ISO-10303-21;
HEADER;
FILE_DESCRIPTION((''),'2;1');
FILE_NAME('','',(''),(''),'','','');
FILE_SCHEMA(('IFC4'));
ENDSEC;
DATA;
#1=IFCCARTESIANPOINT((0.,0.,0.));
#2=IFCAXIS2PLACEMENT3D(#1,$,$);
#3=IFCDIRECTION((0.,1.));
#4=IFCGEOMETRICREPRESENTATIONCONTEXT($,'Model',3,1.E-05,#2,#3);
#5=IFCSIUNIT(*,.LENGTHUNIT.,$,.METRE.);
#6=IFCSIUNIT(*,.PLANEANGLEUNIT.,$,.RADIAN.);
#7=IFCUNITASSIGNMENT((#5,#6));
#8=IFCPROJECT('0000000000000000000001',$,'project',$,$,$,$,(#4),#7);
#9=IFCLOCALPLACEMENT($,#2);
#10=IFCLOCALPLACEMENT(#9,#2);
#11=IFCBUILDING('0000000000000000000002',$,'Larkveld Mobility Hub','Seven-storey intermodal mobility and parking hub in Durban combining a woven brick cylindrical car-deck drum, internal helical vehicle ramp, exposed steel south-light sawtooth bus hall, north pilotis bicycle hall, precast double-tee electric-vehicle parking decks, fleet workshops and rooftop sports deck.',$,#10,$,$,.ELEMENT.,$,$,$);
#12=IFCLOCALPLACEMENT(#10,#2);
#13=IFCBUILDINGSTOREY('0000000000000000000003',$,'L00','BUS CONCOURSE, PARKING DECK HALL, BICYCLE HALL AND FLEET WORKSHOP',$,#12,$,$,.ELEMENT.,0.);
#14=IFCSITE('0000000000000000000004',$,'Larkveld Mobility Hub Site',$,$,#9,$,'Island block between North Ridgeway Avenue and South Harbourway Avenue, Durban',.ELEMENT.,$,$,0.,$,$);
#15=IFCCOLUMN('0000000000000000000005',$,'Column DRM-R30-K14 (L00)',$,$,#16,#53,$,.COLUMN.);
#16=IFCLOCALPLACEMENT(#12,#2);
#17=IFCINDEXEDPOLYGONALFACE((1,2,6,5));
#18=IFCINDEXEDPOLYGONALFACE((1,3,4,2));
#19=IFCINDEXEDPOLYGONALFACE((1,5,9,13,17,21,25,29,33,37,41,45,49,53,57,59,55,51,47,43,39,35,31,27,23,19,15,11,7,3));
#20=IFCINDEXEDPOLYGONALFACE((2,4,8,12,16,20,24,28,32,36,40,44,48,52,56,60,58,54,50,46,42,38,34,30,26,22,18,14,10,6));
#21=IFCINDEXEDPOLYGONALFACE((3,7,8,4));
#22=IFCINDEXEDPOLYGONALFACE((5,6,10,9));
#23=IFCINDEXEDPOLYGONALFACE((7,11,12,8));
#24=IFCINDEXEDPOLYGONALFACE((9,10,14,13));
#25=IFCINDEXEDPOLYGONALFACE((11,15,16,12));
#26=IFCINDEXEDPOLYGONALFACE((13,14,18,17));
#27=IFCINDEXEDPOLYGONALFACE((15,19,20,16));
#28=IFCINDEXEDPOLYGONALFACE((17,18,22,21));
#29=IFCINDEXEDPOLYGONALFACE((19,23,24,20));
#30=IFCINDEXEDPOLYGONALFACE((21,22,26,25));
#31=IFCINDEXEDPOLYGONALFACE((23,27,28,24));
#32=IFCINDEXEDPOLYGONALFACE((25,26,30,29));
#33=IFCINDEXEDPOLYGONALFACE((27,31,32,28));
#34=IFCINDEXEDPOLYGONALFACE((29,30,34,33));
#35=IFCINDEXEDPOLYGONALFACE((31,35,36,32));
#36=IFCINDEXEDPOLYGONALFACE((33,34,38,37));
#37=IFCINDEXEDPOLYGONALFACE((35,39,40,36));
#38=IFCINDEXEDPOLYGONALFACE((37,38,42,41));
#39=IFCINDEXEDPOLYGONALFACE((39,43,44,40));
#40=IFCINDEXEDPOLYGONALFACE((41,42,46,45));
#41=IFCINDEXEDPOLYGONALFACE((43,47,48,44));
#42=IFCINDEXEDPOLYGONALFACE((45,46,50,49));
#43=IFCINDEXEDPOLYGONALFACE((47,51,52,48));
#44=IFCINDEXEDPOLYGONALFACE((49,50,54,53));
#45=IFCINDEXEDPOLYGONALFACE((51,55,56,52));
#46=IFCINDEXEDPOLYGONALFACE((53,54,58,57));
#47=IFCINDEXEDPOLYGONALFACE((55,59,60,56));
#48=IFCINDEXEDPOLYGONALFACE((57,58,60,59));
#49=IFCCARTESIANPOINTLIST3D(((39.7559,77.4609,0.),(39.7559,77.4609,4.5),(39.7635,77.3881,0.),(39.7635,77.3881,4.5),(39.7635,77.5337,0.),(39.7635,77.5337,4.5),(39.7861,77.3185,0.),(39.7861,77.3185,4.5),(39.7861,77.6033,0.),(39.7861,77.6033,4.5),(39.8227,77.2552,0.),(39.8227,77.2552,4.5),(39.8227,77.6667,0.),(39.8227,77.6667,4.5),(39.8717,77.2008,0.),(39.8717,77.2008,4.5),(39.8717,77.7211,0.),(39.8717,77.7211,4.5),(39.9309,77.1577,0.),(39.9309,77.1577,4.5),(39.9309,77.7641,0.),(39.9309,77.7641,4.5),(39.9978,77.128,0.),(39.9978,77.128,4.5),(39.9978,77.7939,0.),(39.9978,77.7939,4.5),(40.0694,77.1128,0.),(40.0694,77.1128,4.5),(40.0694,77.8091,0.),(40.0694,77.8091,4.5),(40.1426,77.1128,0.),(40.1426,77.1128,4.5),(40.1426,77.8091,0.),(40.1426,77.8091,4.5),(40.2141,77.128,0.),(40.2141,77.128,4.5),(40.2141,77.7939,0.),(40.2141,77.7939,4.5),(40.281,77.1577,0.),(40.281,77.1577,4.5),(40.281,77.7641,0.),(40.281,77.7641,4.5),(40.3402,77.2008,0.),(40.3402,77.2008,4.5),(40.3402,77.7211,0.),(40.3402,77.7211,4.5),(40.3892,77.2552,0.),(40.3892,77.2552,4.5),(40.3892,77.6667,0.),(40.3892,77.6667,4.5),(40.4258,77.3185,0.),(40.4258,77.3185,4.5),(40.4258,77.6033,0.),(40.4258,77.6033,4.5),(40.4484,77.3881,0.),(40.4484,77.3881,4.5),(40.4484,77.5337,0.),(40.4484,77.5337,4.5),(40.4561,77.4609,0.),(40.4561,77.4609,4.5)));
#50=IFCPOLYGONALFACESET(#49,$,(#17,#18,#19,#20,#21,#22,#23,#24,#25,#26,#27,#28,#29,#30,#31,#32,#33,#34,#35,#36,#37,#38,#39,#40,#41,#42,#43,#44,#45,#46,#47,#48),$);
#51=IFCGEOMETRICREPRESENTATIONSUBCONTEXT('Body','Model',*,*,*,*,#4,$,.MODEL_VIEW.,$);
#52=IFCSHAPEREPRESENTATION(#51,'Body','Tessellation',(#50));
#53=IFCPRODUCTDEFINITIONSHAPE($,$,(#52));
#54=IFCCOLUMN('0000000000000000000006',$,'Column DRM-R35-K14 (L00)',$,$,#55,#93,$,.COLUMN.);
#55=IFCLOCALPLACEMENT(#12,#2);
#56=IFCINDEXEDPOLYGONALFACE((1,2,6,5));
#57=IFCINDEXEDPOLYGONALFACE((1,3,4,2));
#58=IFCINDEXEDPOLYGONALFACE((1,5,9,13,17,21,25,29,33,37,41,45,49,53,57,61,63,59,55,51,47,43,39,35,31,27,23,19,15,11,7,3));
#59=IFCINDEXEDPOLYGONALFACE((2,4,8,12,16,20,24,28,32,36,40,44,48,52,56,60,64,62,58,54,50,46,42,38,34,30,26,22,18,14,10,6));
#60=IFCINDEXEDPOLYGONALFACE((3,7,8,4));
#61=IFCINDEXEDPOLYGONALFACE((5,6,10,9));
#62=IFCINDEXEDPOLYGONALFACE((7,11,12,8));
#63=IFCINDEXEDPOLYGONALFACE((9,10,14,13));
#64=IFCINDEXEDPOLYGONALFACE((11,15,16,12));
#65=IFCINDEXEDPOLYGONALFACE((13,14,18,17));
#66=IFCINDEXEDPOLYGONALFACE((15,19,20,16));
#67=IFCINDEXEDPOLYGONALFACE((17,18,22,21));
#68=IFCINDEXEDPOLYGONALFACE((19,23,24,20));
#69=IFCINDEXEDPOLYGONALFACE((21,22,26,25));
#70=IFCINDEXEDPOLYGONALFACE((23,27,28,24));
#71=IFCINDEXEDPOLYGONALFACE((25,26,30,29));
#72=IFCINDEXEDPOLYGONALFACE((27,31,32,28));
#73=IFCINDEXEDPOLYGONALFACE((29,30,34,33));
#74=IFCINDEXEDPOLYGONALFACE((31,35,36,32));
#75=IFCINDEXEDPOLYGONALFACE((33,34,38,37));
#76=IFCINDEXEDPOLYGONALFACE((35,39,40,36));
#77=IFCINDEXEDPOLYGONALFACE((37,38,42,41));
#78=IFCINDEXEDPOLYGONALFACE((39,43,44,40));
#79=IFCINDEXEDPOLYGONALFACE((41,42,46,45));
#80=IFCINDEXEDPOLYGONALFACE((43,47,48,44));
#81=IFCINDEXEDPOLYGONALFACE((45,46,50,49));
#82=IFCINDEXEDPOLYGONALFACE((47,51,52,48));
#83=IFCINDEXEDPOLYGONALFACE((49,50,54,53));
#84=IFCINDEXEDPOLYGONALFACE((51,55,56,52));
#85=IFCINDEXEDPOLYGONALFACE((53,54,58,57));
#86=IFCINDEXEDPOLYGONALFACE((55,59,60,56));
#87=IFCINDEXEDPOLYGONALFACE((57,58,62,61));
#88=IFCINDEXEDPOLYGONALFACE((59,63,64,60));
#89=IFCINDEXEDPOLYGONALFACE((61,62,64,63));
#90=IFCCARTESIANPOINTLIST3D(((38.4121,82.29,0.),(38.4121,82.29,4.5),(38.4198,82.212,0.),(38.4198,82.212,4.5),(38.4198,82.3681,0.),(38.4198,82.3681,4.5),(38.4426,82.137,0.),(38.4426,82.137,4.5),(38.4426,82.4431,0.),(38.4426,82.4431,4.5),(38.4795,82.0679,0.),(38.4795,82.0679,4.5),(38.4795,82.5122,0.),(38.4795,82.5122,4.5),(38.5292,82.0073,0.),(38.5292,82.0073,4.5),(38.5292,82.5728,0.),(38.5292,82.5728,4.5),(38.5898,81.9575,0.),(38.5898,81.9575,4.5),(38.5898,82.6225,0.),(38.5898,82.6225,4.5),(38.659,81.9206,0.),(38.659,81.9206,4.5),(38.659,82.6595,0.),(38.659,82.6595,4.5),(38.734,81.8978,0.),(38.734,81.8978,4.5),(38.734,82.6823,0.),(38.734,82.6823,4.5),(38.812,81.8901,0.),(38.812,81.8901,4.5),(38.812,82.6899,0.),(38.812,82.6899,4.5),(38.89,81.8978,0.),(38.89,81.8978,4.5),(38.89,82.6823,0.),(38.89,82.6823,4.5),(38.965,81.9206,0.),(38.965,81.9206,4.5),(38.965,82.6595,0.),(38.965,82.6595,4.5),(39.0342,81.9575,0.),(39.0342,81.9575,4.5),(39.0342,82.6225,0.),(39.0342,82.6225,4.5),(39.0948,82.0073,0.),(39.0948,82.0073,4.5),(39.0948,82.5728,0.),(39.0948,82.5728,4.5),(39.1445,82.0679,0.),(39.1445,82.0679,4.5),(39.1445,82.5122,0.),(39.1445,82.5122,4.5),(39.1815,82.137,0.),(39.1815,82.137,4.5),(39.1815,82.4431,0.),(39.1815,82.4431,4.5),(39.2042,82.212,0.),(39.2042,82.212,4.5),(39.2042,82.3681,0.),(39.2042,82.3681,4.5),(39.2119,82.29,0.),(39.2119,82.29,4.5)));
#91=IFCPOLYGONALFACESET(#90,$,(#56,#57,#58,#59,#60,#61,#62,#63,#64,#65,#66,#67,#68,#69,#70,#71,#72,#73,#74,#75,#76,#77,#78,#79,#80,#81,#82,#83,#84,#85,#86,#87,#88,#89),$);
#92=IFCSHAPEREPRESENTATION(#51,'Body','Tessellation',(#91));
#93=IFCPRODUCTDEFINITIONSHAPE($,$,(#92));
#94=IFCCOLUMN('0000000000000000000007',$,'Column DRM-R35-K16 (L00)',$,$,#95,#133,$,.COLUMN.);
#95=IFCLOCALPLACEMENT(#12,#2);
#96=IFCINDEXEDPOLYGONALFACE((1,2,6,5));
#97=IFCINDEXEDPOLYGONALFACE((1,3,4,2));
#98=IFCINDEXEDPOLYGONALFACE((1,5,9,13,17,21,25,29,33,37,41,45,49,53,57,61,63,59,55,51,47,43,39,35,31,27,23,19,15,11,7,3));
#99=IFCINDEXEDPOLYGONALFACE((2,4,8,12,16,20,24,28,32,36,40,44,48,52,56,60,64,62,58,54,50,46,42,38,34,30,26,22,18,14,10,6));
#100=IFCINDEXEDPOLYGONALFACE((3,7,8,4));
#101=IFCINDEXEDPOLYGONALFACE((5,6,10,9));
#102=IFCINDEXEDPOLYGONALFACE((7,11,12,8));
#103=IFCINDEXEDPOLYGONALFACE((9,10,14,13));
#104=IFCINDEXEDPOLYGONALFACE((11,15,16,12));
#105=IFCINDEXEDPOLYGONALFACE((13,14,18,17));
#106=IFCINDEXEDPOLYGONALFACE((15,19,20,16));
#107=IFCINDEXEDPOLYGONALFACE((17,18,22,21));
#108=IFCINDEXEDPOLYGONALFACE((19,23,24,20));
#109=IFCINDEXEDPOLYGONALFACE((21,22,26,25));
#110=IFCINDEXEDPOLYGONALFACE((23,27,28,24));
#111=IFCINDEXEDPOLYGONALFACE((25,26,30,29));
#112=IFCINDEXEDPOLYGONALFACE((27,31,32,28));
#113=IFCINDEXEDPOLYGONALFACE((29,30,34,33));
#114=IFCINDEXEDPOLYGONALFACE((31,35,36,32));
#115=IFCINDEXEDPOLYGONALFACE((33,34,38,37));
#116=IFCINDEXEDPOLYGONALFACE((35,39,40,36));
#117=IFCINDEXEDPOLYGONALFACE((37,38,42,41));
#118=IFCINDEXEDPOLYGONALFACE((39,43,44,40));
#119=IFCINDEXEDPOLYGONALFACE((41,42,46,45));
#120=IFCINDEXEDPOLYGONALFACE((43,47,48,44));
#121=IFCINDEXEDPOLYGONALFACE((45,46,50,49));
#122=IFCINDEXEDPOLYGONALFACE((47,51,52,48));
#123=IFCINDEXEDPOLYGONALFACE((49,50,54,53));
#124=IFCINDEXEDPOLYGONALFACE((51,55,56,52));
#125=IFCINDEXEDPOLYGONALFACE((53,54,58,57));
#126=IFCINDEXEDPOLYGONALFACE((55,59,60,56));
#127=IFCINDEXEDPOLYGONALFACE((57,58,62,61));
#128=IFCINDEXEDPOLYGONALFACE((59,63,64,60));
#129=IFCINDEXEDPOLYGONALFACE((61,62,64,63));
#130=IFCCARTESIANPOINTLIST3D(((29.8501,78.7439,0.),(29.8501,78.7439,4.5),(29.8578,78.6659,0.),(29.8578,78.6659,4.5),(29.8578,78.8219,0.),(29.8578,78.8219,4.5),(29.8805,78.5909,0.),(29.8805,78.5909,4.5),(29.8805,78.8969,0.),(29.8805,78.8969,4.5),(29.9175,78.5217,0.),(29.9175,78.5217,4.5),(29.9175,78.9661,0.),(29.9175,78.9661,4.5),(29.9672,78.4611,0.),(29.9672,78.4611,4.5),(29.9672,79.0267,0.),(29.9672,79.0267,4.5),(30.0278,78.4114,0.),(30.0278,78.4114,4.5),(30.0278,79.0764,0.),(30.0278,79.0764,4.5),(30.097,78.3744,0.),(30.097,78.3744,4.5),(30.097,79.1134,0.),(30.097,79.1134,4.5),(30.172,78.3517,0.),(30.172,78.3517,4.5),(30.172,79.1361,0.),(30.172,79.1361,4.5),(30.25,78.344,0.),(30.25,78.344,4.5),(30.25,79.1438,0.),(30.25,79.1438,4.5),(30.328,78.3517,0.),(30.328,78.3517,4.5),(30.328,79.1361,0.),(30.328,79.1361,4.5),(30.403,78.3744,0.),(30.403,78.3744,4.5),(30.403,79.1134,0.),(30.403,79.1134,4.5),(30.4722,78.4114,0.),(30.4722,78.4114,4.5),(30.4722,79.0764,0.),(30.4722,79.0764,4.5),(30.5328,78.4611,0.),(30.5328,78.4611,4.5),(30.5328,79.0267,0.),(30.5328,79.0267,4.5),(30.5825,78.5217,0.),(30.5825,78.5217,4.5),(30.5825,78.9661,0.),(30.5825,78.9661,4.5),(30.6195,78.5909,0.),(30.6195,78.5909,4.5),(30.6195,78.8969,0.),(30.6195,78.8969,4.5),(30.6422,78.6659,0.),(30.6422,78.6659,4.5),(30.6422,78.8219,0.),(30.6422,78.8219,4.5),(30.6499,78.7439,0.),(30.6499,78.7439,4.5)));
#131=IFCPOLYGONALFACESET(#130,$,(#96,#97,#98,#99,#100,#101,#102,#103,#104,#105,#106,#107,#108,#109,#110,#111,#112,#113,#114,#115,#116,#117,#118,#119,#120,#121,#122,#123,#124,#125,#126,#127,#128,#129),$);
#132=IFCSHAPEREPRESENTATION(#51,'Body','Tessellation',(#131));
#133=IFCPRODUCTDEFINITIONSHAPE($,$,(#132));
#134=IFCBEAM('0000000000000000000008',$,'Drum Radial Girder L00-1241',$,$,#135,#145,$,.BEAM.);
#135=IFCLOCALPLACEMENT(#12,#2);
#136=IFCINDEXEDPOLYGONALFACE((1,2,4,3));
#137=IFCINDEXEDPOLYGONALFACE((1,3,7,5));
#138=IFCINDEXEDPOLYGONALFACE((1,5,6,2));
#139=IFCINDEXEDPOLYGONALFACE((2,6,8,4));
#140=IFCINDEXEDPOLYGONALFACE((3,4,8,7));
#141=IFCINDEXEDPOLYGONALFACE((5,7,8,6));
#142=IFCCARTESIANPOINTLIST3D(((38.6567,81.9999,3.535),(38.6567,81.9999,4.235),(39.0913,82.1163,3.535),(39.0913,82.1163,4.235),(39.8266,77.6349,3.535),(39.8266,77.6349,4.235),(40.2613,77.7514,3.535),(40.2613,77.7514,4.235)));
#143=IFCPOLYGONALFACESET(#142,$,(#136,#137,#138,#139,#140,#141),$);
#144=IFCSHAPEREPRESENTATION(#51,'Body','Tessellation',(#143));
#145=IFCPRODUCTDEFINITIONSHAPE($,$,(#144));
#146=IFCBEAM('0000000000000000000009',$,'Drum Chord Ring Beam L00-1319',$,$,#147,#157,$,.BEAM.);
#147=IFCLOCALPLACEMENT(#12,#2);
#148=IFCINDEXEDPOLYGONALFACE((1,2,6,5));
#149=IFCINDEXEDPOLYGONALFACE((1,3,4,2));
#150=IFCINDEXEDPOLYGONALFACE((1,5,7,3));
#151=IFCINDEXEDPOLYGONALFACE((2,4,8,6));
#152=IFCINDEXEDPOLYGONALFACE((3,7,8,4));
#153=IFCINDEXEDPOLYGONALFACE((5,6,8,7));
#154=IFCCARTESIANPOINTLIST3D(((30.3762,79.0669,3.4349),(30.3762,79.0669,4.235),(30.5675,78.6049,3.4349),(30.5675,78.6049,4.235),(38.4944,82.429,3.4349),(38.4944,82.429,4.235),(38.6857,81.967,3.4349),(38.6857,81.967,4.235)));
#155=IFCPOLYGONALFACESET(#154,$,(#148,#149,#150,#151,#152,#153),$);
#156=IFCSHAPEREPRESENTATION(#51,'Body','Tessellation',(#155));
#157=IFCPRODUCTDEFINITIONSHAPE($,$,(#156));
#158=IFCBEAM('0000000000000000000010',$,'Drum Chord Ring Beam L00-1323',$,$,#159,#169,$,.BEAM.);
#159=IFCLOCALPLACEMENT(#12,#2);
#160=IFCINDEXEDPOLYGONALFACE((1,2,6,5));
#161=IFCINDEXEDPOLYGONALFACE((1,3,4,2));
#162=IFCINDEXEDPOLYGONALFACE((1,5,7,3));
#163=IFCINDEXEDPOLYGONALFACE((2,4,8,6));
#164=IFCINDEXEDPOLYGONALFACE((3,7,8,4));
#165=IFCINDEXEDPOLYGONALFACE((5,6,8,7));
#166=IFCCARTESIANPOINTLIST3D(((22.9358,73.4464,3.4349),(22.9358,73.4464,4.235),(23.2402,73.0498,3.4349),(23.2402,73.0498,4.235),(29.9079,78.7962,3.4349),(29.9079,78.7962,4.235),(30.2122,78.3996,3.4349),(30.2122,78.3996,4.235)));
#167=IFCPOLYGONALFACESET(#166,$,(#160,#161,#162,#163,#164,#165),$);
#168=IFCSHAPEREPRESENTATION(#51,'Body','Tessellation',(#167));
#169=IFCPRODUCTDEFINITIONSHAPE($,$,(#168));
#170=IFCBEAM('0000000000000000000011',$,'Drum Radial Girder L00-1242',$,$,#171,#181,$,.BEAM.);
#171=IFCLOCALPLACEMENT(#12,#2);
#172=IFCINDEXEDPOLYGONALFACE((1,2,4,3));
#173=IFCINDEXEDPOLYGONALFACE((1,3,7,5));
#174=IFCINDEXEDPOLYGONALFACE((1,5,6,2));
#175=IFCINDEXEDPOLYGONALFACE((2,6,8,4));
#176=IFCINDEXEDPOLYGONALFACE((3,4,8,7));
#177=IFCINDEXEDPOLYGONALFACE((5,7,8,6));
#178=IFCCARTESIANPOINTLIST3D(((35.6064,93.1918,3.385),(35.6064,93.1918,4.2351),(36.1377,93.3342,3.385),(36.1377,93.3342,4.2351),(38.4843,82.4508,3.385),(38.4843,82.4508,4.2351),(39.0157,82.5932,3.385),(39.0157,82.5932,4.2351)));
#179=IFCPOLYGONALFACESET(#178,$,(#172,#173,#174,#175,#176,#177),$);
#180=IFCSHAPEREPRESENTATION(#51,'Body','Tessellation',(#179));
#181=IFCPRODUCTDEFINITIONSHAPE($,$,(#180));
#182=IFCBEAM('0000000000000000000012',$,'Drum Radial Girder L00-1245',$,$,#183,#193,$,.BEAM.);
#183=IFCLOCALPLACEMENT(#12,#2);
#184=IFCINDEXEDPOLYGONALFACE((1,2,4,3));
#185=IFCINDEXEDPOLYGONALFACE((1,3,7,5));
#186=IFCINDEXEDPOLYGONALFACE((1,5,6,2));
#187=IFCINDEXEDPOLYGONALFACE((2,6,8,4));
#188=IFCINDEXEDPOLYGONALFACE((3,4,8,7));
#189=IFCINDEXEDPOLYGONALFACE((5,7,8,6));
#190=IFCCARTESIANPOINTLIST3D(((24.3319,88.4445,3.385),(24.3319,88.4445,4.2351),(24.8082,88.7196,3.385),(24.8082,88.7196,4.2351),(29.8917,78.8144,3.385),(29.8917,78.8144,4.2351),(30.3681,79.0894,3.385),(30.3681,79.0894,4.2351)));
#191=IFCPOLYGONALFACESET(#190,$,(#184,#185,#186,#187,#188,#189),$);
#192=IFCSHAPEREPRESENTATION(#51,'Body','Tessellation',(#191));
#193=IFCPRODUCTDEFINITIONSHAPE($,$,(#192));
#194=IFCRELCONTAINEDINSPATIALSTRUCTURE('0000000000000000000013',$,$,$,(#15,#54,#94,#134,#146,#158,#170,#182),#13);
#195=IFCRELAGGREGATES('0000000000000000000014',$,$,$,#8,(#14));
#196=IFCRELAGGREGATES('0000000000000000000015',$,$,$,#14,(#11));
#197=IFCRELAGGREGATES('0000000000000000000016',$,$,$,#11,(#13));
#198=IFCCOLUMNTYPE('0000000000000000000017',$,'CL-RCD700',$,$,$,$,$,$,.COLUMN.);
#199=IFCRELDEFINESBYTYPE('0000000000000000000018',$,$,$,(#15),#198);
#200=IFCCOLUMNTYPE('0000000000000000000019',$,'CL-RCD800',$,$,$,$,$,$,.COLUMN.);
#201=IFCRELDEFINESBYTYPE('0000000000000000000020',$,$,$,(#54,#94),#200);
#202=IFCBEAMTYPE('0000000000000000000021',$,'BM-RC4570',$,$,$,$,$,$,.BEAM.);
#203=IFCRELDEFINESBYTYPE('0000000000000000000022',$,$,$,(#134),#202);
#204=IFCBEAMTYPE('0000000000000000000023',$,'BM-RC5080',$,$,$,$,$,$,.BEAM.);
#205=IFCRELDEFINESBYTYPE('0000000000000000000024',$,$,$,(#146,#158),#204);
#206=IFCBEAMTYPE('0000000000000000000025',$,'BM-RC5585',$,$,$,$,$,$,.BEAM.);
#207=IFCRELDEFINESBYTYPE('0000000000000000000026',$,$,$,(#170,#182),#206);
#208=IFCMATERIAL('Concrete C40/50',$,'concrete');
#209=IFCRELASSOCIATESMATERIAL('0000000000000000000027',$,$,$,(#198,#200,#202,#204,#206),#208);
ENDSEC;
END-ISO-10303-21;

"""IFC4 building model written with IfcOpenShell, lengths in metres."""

from ifc_helpers import new_model, si_unit, direction, frame, origin, origin_2d, place, context, subcontext, project, spatial, rectangle, circle, extrude, material, material_profile, profile_set, type_object, element, save


model = new_model("IFC4")

# Units and contexts
model_context = context("Model", 3, precision=1e-05, world=origin(), true_north=direction((0.0, 1.0)))
body_context = subcontext(model_context, "Body", "Model", "MODEL_VIEW")
ifc_project = project(units=[si_unit("LENGTHUNIT", "METRE"), si_unit("PLANEANGLEUNIT", "RADIAN")], contexts=[model_context])

# Site, building, storey
site_placement = place(None, origin())
site = spatial("IfcSite", under=ifc_project, at=site_placement, Name="Larkveld Mobility Hub Site", LongName="Island block between North Ridgeway Avenue and South Harbourway Avenue, Durban", CompositionType="ELEMENT", RefElevation=0.0)
building_placement = place(site_placement, origin())
building = spatial("IfcBuilding", under=site, at=building_placement, Name="Larkveld Mobility Hub", Description="Seven-storey intermodal mobility and parking hub in Durban combining a woven brick cylindrical car-deck drum, internal helical vehicle ramp, exposed steel south-light sawtooth bus hall, north pilotis bicycle hall, precast double-tee electric-vehicle parking decks, fleet workshops and rooftop sports deck.", CompositionType="ELEMENT")
storey_placement = place(building_placement, origin())
storey = spatial("IfcBuildingStorey", under=building, at=storey_placement, Name="L00", Description="BUS CONCOURSE, PARKING DECK HALL, BICYCLE HALL AND FLEET WORKSHOP", CompositionType="ELEMENT", Elevation=0.0)

# Columns
ifc_material_1 = material(Name="Concrete C40/50", Category="concrete")
ifc_material_profile_1 = material_profile(ifc_material_1, circle(Radius=0.3501, at=origin_2d()), Name="RC COL D700")
ifc_profile_set_1 = profile_set([ifc_material_profile_1], Name="Concrete C40/50")
column_type_1 = type_object("IfcColumnType", Name="CL-RCD700", PredefinedType="COLUMN", material=ifc_profile_set_1)
column_placement = place(storey_placement, frame((40.106, 77.4609, 0.0), z_axis=(0.0, 0.0, 1.0), x_axis=(1.0, 0.0, 0.0)))
element("IfcColumn", 1, at=column_placement, inside=storey, type_object=column_type_1, Name="Column DRM-R30-K14 (L00)", PredefinedType="COLUMN", context=body_context, shape_type="SweptSolid", body=[
    extrude(circle(Radius=0.3501, at=origin_2d()), origin(), (0.0, 0.0, 1.0), 4.5),
])
ifc_material_profile_2 = material_profile(ifc_material_1, circle(Radius=0.3999, at=origin_2d()), Name="RC COL D800")
ifc_profile_set_2 = profile_set([ifc_material_profile_2], Name="Concrete C40/50")
column_type_2 = type_object("IfcColumnType", Name="CL-RCD800", PredefinedType="COLUMN", material=ifc_profile_set_2)
for number, where, z_axis, x_axis, name in (
    (2, (38.812, 82.29, 0.0), (0.0, 0.0, 1.0), (1.0, 0.0, 0.0), "Column DRM-R35-K14 (L00)"),
    (3, (30.25, 78.7439, 0.0), (0.0, 0.0, 1.0), (1.0, 0.0, 0.0), "Column DRM-R35-K16 (L00)"),
):
    element("IfcColumn", number, at=place(storey_placement, frame(where, z_axis=z_axis, x_axis=x_axis)), inside=storey, type_object=column_type_2, Name=name, PredefinedType="COLUMN", context=body_context, shape_type="SweptSolid", body=[
        extrude(circle(Radius=0.3999, at=origin_2d()), origin(), (0.0, 0.0, 1.0), 4.5),
    ])

# Beams
ifc_material_profile_3 = material_profile(ifc_material_1, rectangle(XDim=0.45, YDim=0.7, at=origin_2d()), Name="RC BM 450x700")
ifc_profile_set_3 = profile_set([ifc_material_profile_3], Name="Concrete C40/50")
beam_type_1 = type_object("IfcBeamType", Name="BM-RC4570", PredefinedType="BEAM", material=ifc_profile_set_3)
beam_1_placement = place(storey_placement, frame((40.0439, 77.6931, 3.885), z_axis=(-0.258886, 0.965908, 0.0), x_axis=(-0.965908, -0.258886, 0.0)))
element("IfcBeam", 4, at=beam_1_placement, inside=storey, type_object=beam_type_1, Name="Drum Radial Girder L00-1241", PredefinedType="BEAM", context=body_context, shape_type="SweptSolid", body=[
    extrude(rectangle(XDim=0.45, YDim=0.7, at=origin_2d()), origin(), (0.0, 0.0, 1.0), 4.519),
])
ifc_material_profile_4 = material_profile(ifc_material_1, rectangle(XDim=0.5, YDim=0.8, at=origin_2d()), Name="RC BM 500x800")
ifc_profile_set_4 = profile_set([ifc_material_profile_4], Name="Concrete C40/50")
beam_type_2 = type_object("IfcBeamType", Name="BM-RC5080", PredefinedType="BEAM", material=ifc_profile_set_4)
beam_2_placement = place(storey_placement, frame((38.5901, 82.198, 3.835), z_axis=(-0.923903, -0.382626, 0.0), x_axis=(0.382626, -0.923903, 0.0)))
element("IfcBeam", 5, at=beam_2_placement, inside=storey, type_object=beam_type_2, Name="Drum Chord Ring Beam L00-1319", PredefinedType="BEAM", context=body_context, shape_type="SweptSolid", body=[
    extrude(rectangle(XDim=0.5, YDim=0.8, at=origin_2d()), origin(), (0.0, 0.0, 1.0), 8.7869),
])
beam_3_placement = place(storey_placement, frame((30.0601, 78.5979, 3.835), z_axis=(-0.793358, -0.608756, 0.0), x_axis=(0.608756, -0.793358, 0.0)))
element("IfcBeam", 6, at=beam_3_placement, inside=storey, type_object=beam_type_2, Name="Drum Chord Ring Beam L00-1323", PredefinedType="BEAM", context=body_context, shape_type="SweptSolid", body=[
    extrude(rectangle(XDim=0.5, YDim=0.8, at=origin_2d()), origin(), (0.0, 0.0, 1.0), 8.7881),
])
ifc_material_profile_5 = material_profile(ifc_material_1, rectangle(XDim=0.55, YDim=0.8501, at=origin_2d()), Name="RC BM 550x850")
ifc_profile_set_5 = profile_set([ifc_material_profile_5], Name="Concrete C40/50")
beam_type_3 = type_object("IfcBeamType", Name="BM-RC5585", PredefinedType="BEAM", material=ifc_profile_set_5)
for number, where, z_axis, x_axis, name in (
    (7, (38.75, 82.522, 3.8101), (-0.25881, 0.965928, 0.0), (-0.965928, -0.25881, 0.0), "Drum Radial Girder L00-1242"),
    (8, (30.1299, 78.9519, 3.8101), (-0.49999, 0.866031, 0.0), (-0.866031, -0.49999, 0.0), "Drum Radial Girder L00-1245"),
):
    element("IfcBeam", number, at=place(storey_placement, frame(where, z_axis=z_axis, x_axis=x_axis)), inside=storey, type_object=beam_type_3, Name=name, PredefinedType="BEAM", context=body_context, shape_type="SweptSolid", body=[
        extrude(rectangle(XDim=0.55, YDim=0.8501, at=origin_2d()), origin(), (0.0, 0.0, 1.0), 11.1199),
    ])

save(model, "model.ifc")
